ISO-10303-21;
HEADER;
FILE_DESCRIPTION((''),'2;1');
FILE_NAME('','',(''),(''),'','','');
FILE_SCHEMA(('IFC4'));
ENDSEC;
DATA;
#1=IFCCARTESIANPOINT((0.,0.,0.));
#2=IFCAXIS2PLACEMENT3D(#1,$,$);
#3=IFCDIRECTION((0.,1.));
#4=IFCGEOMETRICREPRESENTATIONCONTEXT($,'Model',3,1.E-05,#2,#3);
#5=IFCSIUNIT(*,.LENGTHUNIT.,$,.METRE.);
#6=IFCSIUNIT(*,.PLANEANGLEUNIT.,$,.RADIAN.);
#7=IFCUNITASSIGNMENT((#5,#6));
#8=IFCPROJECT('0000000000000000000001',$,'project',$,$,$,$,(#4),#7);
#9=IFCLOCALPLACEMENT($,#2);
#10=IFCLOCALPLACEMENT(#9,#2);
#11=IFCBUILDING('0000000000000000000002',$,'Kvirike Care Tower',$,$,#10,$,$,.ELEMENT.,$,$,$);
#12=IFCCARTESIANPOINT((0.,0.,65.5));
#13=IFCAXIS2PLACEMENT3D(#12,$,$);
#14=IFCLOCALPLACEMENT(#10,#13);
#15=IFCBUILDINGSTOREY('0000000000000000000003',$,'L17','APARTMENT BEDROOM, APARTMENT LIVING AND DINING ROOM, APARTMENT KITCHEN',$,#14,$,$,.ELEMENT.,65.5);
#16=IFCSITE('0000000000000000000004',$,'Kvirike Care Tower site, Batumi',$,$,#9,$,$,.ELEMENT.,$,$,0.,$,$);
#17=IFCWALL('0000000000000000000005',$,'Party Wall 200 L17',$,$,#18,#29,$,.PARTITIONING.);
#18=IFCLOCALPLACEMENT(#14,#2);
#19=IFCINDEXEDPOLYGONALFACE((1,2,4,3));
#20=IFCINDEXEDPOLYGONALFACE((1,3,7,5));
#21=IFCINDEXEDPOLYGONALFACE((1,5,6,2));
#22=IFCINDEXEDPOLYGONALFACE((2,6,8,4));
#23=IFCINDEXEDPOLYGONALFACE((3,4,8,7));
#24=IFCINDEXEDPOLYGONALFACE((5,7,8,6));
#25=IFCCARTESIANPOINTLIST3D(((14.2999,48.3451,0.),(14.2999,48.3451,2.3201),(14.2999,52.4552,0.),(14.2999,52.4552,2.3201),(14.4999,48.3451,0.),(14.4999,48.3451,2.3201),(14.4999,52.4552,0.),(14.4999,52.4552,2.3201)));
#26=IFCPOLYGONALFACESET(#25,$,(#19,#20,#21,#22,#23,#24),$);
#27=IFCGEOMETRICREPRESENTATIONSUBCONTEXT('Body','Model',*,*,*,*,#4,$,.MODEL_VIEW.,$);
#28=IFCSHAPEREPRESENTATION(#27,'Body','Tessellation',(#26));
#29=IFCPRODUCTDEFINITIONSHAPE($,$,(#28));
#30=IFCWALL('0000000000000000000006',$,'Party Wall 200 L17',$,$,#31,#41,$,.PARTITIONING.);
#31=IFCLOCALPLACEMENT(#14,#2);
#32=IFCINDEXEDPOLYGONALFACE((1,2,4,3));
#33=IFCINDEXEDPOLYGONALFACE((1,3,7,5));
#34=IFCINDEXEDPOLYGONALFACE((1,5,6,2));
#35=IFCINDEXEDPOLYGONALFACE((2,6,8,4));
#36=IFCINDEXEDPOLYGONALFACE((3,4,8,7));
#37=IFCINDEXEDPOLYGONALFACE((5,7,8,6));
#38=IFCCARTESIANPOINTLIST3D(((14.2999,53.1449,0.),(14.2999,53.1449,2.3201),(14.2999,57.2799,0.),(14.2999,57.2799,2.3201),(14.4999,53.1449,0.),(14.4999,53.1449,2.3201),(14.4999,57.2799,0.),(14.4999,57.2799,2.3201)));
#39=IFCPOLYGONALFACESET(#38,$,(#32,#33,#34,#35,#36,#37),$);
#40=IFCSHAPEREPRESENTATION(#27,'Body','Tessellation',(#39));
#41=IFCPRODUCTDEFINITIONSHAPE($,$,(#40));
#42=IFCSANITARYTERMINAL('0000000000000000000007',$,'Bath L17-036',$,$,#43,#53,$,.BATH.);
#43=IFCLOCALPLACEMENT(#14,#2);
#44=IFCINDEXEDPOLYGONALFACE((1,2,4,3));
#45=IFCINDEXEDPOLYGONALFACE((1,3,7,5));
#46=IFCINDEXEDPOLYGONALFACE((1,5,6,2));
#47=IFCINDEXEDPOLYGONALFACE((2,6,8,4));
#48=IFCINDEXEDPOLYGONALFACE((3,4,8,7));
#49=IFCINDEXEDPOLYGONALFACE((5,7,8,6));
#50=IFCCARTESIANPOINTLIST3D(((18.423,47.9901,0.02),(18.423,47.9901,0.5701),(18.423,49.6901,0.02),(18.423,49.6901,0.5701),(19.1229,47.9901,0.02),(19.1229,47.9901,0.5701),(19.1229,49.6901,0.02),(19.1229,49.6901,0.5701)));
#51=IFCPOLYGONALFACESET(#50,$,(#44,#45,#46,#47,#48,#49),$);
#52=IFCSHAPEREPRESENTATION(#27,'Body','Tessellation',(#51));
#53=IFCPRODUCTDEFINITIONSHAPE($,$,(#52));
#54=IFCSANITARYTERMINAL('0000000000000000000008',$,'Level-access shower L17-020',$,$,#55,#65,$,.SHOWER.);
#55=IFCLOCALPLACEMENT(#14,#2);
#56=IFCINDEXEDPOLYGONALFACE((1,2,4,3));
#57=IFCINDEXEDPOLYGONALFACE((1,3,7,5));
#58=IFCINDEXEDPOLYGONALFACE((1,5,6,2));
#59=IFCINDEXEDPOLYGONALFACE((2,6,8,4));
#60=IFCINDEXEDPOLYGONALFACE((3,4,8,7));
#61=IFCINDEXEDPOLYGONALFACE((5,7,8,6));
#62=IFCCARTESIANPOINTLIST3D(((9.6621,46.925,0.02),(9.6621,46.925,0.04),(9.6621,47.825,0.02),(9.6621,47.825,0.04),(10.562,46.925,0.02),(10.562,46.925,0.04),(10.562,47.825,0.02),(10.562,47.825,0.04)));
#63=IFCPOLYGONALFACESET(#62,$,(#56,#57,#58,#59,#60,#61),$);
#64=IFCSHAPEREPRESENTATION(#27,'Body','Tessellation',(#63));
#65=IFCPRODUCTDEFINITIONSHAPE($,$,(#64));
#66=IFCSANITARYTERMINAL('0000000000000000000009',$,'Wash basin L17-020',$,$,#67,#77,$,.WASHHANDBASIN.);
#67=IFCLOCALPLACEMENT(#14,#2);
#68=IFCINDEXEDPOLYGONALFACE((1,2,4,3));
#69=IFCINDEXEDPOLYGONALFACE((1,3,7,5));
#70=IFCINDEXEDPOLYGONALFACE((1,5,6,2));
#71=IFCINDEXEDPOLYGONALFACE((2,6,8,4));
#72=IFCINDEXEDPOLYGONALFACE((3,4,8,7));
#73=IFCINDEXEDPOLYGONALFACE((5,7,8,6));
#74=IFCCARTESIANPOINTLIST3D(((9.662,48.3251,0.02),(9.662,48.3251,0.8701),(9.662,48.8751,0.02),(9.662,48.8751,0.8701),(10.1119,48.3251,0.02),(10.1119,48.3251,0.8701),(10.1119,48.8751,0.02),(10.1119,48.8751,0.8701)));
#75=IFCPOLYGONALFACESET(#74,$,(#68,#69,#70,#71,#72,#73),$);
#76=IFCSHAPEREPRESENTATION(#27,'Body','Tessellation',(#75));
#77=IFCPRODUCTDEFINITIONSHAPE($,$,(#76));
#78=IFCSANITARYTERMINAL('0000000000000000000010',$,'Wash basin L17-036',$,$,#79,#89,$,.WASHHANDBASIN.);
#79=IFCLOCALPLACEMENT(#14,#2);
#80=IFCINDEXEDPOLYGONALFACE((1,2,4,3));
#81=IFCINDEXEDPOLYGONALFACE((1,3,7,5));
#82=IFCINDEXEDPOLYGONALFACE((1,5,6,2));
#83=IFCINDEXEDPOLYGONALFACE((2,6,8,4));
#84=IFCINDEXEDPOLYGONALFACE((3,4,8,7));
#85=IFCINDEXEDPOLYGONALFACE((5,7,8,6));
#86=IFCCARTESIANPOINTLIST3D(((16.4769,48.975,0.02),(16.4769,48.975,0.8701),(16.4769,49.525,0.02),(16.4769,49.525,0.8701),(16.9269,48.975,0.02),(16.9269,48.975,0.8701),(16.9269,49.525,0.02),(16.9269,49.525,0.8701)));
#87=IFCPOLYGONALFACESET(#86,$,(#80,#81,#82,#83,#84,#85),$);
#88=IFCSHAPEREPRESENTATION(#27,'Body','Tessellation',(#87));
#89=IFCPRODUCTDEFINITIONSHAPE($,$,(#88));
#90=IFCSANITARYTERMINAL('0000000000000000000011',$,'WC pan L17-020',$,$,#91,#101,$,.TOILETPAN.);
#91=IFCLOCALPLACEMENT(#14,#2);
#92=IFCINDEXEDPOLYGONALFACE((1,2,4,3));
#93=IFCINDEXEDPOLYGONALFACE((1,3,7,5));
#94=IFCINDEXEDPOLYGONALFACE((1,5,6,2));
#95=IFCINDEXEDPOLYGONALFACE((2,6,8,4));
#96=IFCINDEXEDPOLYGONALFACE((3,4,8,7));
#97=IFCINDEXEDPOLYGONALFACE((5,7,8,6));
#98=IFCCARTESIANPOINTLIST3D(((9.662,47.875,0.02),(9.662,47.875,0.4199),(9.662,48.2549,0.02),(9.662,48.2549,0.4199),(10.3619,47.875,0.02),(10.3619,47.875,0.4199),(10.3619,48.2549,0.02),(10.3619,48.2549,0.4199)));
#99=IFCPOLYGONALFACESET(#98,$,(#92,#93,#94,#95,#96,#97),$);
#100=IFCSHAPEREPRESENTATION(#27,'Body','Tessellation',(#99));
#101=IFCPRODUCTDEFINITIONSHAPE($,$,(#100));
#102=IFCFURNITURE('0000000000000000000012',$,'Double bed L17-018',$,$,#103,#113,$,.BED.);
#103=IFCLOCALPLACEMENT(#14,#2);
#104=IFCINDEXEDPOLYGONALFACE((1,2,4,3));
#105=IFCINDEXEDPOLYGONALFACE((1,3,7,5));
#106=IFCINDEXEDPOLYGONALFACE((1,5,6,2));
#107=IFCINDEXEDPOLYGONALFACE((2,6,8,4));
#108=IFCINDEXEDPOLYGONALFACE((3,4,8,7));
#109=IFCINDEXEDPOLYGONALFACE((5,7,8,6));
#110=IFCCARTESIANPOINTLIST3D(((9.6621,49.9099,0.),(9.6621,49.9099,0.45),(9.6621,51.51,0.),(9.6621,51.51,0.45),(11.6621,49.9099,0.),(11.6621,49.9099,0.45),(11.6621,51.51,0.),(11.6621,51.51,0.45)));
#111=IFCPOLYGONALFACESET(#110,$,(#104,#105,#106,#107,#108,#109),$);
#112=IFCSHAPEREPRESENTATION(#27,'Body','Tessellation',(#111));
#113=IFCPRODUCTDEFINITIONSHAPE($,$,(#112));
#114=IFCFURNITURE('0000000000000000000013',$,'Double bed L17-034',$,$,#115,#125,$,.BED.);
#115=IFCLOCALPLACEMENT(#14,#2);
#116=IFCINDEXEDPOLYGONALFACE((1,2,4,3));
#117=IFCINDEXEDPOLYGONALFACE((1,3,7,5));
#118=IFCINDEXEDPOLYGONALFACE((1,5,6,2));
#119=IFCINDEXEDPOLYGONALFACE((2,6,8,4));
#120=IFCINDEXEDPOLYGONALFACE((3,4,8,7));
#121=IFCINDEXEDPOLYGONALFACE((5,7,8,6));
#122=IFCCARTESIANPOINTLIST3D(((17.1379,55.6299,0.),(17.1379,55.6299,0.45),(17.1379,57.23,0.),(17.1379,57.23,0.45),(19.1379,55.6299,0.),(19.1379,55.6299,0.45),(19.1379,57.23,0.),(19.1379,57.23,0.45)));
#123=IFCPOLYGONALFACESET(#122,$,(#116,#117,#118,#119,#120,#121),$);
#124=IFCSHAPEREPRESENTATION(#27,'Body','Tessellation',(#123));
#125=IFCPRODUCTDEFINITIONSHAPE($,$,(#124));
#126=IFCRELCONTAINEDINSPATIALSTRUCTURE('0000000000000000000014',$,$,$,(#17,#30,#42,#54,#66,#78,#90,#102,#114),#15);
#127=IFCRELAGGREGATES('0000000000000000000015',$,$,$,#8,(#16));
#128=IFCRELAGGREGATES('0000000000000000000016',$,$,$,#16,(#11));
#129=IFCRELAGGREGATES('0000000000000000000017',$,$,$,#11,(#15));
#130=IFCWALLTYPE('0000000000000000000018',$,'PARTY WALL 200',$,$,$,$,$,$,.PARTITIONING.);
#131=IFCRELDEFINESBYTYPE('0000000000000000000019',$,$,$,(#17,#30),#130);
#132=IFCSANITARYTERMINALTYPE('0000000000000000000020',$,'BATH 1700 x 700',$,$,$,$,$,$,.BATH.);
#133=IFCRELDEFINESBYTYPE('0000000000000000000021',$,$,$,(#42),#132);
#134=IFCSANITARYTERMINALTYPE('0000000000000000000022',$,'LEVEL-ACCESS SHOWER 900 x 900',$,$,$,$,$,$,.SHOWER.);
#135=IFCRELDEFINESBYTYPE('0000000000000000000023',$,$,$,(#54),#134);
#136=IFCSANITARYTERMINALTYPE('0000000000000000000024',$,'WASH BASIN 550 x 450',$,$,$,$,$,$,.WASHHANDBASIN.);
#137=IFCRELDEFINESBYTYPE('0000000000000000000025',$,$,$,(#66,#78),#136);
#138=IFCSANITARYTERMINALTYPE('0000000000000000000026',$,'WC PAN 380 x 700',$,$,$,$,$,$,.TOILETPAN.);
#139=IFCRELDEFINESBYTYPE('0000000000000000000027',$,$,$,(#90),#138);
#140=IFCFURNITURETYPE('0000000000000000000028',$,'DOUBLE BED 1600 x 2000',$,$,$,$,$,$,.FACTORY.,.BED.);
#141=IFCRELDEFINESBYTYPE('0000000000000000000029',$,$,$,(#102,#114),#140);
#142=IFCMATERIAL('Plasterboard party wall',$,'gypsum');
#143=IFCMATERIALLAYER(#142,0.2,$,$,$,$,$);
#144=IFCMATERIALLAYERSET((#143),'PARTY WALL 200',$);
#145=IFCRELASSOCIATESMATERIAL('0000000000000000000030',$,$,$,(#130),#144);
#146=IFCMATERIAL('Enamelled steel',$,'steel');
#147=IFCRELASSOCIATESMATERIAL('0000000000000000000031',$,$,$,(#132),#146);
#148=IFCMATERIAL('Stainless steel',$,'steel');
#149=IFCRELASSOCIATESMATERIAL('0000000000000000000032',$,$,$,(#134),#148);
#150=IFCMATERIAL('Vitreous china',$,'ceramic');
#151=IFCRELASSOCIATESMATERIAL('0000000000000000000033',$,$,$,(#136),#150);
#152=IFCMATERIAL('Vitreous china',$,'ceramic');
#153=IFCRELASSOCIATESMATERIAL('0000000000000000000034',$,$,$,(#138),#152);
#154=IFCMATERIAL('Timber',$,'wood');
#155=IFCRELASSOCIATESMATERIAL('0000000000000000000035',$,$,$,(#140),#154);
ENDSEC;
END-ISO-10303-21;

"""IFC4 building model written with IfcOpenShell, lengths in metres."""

from ifc_helpers import new_model, si_unit, direction, frame, frame_2d, origin, origin_2d, place, context, subcontext, project, spatial, rectangle, extrude, material, layer, layer_set, type_object, element, save


model = new_model("IFC4")

# Units and contexts
model_context = context("Model", 3, precision=1e-05, world=origin(), true_north=direction((0.0, 1.0)))
body_context = subcontext(model_context, "Body", "Model", "MODEL_VIEW")
ifc_project = project(units=[si_unit("LENGTHUNIT", "METRE"), si_unit("PLANEANGLEUNIT", "RADIAN")], contexts=[model_context])

# Site, building, storey
site_placement = place(None, origin())
site = spatial("IfcSite", under=ifc_project, at=site_placement, Name="Kvirike Care Tower site, Batumi", CompositionType="ELEMENT", RefElevation=0.0)
building_placement = place(site_placement, origin())
building = spatial("IfcBuilding", under=site, at=building_placement, Name="Kvirike Care Tower", CompositionType="ELEMENT")
storey_placement = place(building_placement, frame((0.0, 0.0, 65.5)))
storey = spatial("IfcBuildingStorey", under=building, at=storey_placement, Name="L17", Description="APARTMENT BEDROOM, APARTMENT LIVING AND DINING ROOM, APARTMENT KITCHEN", CompositionType="ELEMENT", Elevation=65.5)

# Walls
ifc_material_1 = material(Name="Plasterboard party wall", Category="gypsum")
ifc_layer_1 = layer(ifc_material_1, 0.2)
ifc_layer_set_1 = layer_set([ifc_layer_1], Name="PARTY WALL 200")
wall_type_1 = type_object("IfcWallType", Name="PARTY WALL 200", PredefinedType="PARTITIONING", material=ifc_layer_set_1)
wall_1_placement = place(storey_placement, frame((14.3999, 48.345, 0.0), z_axis=(0.0, 0.0, 1.0), x_axis=(0.0, 1.0, 0.0)))
element("IfcWall", 1, at=wall_1_placement, inside=storey, type_object=wall_type_1, Name="Party Wall 200 L17", PredefinedType="PARTITIONING", context=body_context, shape_type="SweptSolid", body=[
    extrude(rectangle(XDim=4.1101, YDim=0.2, at=frame_2d((2.0552, 0.0))), origin(), (0.0, 0.0, 1.0), 2.3201),
])
wall_2_placement = place(storey_placement, frame((14.3999, 53.145, 0.0), z_axis=(0.0, 0.0, 1.0), x_axis=(0.0, 1.0, 0.0)))
element("IfcWall", 2, at=wall_2_placement, inside=storey, type_object=wall_type_1, Name="Party Wall 200 L17", PredefinedType="PARTITIONING", context=body_context, shape_type="SweptSolid", body=[
    extrude(rectangle(XDim=4.135, YDim=0.2, at=frame_2d((2.0674, 0.0))), origin(), (0.0, 0.0, 1.0), 2.3201),
])

# Sanitary terminals
ifc_material_2 = material(Name="Enamelled steel", Category="steel")
sanitary_terminal_type_1 = type_object("IfcSanitaryTerminalType", Name="BATH 1700 x 700", PredefinedType="BATH", material=ifc_material_2)
sanitary_terminal_1_placement = place(storey_placement, frame((18.7729, 48.8401, 0.02), z_axis=(0.0, 0.0, 1.0), x_axis=(0.0, -1.0, 0.0)))
element("IfcSanitaryTerminal", 3, at=sanitary_terminal_1_placement, inside=storey, type_object=sanitary_terminal_type_1, Name="Bath L17-036", PredefinedType="BATH", context=body_context, shape_type="SweptSolid", body=[
    extrude(rectangle(XDim=1.7, YDim=0.7, at=origin_2d()), origin(), (0.0, 0.0, 1.0), 0.55),
])
ifc_material_3 = material(Name="Stainless steel", Category="steel")
sanitary_terminal_type_2 = type_object("IfcSanitaryTerminalType", Name="LEVEL-ACCESS SHOWER 900 x 900", PredefinedType="SHOWER", material=ifc_material_3)
sanitary_terminal_2_placement = place(storey_placement, frame((10.1121, 47.375, 0.02), z_axis=(0.0, 0.0, 1.0), x_axis=(0.0, 1.0, 0.0)))
element("IfcSanitaryTerminal", 4, at=sanitary_terminal_2_placement, inside=storey, type_object=sanitary_terminal_type_2, Name="Level-access shower L17-020", PredefinedType="SHOWER", context=body_context, shape_type="SweptSolid", body=[
    extrude(rectangle(XDim=0.8999, YDim=0.8999, at=origin_2d()), origin(), (0.0, 0.0, 1.0), 0.02),
])
ifc_material_4 = material(Name="Vitreous china", Category="ceramic")
sanitary_terminal_type_3 = type_object("IfcSanitaryTerminalType", Name="WASH BASIN 550 x 450", PredefinedType="WASHHANDBASIN", material=ifc_material_4)
for number, where, z_axis, x_axis, name in (
    (5, (9.887, 48.6001, 0.02), (0.0, 0.0, 1.0), (0.0, 1.0, 0.0), "Wash basin L17-020"),
    (6, (16.7019, 49.25, 0.02), (0.0, 0.0, 1.0), (0.0, 1.0, 0.0), "Wash basin L17-036"),
):
    element("IfcSanitaryTerminal", number, at=place(storey_placement, frame(where, z_axis=z_axis, x_axis=x_axis)), inside=storey, type_object=sanitary_terminal_type_3, Name=name, PredefinedType="WASHHANDBASIN", context=body_context, shape_type="SweptSolid", body=[
        extrude(rectangle(XDim=0.55, YDim=0.45, at=origin_2d()), origin(), (0.0, 0.0, 1.0), 0.8501),
    ])
ifc_material_5 = material(Name="Vitreous china", Category="ceramic")
sanitary_terminal_type_4 = type_object("IfcSanitaryTerminalType", Name="WC PAN 380 x 700", PredefinedType="TOILETPAN", material=ifc_material_5)
sanitary_terminal_3_placement = place(storey_placement, frame((10.012, 48.0649, 0.02), z_axis=(0.0, 0.0, 1.0), x_axis=(0.0, 1.0, 0.0)))
element("IfcSanitaryTerminal", 7, at=sanitary_terminal_3_placement, inside=storey, type_object=sanitary_terminal_type_4, Name="WC pan L17-020", PredefinedType="TOILETPAN", context=body_context, shape_type="SweptSolid", body=[
    extrude(rectangle(XDim=0.3799, YDim=0.7, at=origin_2d()), origin(), (0.0, 0.0, 1.0), 0.3999),
])

# Furniture
ifc_material_6 = material(Name="Timber", Category="wood")
furniture_type = type_object("IfcFurnitureType", Name="DOUBLE BED 1600 x 2000", AssemblyPlace="FACTORY", PredefinedType="BED", material=ifc_material_6)
for number, where, z_axis, x_axis, name in (
    (8, (10.6621, 50.71, 0.0), (0.0, 0.0, 1.0), (0.0, 1.0, 0.0), "Double bed L17-018"),
    (9, (18.1379, 56.4299, 0.0), (0.0, 0.0, 1.0), (0.0, -1.0, 0.0), "Double bed L17-034"),
):
    element("IfcFurniture", number, at=place(storey_placement, frame(where, z_axis=z_axis, x_axis=x_axis)), inside=storey, type_object=furniture_type, Name=name, PredefinedType="BED", context=body_context, shape_type="SweptSolid", body=[
        extrude(rectangle(XDim=1.6001, YDim=2.0, at=origin_2d()), origin(), (0.0, 0.0, 1.0), 0.45),
    ])

save(model, "model.ifc")
